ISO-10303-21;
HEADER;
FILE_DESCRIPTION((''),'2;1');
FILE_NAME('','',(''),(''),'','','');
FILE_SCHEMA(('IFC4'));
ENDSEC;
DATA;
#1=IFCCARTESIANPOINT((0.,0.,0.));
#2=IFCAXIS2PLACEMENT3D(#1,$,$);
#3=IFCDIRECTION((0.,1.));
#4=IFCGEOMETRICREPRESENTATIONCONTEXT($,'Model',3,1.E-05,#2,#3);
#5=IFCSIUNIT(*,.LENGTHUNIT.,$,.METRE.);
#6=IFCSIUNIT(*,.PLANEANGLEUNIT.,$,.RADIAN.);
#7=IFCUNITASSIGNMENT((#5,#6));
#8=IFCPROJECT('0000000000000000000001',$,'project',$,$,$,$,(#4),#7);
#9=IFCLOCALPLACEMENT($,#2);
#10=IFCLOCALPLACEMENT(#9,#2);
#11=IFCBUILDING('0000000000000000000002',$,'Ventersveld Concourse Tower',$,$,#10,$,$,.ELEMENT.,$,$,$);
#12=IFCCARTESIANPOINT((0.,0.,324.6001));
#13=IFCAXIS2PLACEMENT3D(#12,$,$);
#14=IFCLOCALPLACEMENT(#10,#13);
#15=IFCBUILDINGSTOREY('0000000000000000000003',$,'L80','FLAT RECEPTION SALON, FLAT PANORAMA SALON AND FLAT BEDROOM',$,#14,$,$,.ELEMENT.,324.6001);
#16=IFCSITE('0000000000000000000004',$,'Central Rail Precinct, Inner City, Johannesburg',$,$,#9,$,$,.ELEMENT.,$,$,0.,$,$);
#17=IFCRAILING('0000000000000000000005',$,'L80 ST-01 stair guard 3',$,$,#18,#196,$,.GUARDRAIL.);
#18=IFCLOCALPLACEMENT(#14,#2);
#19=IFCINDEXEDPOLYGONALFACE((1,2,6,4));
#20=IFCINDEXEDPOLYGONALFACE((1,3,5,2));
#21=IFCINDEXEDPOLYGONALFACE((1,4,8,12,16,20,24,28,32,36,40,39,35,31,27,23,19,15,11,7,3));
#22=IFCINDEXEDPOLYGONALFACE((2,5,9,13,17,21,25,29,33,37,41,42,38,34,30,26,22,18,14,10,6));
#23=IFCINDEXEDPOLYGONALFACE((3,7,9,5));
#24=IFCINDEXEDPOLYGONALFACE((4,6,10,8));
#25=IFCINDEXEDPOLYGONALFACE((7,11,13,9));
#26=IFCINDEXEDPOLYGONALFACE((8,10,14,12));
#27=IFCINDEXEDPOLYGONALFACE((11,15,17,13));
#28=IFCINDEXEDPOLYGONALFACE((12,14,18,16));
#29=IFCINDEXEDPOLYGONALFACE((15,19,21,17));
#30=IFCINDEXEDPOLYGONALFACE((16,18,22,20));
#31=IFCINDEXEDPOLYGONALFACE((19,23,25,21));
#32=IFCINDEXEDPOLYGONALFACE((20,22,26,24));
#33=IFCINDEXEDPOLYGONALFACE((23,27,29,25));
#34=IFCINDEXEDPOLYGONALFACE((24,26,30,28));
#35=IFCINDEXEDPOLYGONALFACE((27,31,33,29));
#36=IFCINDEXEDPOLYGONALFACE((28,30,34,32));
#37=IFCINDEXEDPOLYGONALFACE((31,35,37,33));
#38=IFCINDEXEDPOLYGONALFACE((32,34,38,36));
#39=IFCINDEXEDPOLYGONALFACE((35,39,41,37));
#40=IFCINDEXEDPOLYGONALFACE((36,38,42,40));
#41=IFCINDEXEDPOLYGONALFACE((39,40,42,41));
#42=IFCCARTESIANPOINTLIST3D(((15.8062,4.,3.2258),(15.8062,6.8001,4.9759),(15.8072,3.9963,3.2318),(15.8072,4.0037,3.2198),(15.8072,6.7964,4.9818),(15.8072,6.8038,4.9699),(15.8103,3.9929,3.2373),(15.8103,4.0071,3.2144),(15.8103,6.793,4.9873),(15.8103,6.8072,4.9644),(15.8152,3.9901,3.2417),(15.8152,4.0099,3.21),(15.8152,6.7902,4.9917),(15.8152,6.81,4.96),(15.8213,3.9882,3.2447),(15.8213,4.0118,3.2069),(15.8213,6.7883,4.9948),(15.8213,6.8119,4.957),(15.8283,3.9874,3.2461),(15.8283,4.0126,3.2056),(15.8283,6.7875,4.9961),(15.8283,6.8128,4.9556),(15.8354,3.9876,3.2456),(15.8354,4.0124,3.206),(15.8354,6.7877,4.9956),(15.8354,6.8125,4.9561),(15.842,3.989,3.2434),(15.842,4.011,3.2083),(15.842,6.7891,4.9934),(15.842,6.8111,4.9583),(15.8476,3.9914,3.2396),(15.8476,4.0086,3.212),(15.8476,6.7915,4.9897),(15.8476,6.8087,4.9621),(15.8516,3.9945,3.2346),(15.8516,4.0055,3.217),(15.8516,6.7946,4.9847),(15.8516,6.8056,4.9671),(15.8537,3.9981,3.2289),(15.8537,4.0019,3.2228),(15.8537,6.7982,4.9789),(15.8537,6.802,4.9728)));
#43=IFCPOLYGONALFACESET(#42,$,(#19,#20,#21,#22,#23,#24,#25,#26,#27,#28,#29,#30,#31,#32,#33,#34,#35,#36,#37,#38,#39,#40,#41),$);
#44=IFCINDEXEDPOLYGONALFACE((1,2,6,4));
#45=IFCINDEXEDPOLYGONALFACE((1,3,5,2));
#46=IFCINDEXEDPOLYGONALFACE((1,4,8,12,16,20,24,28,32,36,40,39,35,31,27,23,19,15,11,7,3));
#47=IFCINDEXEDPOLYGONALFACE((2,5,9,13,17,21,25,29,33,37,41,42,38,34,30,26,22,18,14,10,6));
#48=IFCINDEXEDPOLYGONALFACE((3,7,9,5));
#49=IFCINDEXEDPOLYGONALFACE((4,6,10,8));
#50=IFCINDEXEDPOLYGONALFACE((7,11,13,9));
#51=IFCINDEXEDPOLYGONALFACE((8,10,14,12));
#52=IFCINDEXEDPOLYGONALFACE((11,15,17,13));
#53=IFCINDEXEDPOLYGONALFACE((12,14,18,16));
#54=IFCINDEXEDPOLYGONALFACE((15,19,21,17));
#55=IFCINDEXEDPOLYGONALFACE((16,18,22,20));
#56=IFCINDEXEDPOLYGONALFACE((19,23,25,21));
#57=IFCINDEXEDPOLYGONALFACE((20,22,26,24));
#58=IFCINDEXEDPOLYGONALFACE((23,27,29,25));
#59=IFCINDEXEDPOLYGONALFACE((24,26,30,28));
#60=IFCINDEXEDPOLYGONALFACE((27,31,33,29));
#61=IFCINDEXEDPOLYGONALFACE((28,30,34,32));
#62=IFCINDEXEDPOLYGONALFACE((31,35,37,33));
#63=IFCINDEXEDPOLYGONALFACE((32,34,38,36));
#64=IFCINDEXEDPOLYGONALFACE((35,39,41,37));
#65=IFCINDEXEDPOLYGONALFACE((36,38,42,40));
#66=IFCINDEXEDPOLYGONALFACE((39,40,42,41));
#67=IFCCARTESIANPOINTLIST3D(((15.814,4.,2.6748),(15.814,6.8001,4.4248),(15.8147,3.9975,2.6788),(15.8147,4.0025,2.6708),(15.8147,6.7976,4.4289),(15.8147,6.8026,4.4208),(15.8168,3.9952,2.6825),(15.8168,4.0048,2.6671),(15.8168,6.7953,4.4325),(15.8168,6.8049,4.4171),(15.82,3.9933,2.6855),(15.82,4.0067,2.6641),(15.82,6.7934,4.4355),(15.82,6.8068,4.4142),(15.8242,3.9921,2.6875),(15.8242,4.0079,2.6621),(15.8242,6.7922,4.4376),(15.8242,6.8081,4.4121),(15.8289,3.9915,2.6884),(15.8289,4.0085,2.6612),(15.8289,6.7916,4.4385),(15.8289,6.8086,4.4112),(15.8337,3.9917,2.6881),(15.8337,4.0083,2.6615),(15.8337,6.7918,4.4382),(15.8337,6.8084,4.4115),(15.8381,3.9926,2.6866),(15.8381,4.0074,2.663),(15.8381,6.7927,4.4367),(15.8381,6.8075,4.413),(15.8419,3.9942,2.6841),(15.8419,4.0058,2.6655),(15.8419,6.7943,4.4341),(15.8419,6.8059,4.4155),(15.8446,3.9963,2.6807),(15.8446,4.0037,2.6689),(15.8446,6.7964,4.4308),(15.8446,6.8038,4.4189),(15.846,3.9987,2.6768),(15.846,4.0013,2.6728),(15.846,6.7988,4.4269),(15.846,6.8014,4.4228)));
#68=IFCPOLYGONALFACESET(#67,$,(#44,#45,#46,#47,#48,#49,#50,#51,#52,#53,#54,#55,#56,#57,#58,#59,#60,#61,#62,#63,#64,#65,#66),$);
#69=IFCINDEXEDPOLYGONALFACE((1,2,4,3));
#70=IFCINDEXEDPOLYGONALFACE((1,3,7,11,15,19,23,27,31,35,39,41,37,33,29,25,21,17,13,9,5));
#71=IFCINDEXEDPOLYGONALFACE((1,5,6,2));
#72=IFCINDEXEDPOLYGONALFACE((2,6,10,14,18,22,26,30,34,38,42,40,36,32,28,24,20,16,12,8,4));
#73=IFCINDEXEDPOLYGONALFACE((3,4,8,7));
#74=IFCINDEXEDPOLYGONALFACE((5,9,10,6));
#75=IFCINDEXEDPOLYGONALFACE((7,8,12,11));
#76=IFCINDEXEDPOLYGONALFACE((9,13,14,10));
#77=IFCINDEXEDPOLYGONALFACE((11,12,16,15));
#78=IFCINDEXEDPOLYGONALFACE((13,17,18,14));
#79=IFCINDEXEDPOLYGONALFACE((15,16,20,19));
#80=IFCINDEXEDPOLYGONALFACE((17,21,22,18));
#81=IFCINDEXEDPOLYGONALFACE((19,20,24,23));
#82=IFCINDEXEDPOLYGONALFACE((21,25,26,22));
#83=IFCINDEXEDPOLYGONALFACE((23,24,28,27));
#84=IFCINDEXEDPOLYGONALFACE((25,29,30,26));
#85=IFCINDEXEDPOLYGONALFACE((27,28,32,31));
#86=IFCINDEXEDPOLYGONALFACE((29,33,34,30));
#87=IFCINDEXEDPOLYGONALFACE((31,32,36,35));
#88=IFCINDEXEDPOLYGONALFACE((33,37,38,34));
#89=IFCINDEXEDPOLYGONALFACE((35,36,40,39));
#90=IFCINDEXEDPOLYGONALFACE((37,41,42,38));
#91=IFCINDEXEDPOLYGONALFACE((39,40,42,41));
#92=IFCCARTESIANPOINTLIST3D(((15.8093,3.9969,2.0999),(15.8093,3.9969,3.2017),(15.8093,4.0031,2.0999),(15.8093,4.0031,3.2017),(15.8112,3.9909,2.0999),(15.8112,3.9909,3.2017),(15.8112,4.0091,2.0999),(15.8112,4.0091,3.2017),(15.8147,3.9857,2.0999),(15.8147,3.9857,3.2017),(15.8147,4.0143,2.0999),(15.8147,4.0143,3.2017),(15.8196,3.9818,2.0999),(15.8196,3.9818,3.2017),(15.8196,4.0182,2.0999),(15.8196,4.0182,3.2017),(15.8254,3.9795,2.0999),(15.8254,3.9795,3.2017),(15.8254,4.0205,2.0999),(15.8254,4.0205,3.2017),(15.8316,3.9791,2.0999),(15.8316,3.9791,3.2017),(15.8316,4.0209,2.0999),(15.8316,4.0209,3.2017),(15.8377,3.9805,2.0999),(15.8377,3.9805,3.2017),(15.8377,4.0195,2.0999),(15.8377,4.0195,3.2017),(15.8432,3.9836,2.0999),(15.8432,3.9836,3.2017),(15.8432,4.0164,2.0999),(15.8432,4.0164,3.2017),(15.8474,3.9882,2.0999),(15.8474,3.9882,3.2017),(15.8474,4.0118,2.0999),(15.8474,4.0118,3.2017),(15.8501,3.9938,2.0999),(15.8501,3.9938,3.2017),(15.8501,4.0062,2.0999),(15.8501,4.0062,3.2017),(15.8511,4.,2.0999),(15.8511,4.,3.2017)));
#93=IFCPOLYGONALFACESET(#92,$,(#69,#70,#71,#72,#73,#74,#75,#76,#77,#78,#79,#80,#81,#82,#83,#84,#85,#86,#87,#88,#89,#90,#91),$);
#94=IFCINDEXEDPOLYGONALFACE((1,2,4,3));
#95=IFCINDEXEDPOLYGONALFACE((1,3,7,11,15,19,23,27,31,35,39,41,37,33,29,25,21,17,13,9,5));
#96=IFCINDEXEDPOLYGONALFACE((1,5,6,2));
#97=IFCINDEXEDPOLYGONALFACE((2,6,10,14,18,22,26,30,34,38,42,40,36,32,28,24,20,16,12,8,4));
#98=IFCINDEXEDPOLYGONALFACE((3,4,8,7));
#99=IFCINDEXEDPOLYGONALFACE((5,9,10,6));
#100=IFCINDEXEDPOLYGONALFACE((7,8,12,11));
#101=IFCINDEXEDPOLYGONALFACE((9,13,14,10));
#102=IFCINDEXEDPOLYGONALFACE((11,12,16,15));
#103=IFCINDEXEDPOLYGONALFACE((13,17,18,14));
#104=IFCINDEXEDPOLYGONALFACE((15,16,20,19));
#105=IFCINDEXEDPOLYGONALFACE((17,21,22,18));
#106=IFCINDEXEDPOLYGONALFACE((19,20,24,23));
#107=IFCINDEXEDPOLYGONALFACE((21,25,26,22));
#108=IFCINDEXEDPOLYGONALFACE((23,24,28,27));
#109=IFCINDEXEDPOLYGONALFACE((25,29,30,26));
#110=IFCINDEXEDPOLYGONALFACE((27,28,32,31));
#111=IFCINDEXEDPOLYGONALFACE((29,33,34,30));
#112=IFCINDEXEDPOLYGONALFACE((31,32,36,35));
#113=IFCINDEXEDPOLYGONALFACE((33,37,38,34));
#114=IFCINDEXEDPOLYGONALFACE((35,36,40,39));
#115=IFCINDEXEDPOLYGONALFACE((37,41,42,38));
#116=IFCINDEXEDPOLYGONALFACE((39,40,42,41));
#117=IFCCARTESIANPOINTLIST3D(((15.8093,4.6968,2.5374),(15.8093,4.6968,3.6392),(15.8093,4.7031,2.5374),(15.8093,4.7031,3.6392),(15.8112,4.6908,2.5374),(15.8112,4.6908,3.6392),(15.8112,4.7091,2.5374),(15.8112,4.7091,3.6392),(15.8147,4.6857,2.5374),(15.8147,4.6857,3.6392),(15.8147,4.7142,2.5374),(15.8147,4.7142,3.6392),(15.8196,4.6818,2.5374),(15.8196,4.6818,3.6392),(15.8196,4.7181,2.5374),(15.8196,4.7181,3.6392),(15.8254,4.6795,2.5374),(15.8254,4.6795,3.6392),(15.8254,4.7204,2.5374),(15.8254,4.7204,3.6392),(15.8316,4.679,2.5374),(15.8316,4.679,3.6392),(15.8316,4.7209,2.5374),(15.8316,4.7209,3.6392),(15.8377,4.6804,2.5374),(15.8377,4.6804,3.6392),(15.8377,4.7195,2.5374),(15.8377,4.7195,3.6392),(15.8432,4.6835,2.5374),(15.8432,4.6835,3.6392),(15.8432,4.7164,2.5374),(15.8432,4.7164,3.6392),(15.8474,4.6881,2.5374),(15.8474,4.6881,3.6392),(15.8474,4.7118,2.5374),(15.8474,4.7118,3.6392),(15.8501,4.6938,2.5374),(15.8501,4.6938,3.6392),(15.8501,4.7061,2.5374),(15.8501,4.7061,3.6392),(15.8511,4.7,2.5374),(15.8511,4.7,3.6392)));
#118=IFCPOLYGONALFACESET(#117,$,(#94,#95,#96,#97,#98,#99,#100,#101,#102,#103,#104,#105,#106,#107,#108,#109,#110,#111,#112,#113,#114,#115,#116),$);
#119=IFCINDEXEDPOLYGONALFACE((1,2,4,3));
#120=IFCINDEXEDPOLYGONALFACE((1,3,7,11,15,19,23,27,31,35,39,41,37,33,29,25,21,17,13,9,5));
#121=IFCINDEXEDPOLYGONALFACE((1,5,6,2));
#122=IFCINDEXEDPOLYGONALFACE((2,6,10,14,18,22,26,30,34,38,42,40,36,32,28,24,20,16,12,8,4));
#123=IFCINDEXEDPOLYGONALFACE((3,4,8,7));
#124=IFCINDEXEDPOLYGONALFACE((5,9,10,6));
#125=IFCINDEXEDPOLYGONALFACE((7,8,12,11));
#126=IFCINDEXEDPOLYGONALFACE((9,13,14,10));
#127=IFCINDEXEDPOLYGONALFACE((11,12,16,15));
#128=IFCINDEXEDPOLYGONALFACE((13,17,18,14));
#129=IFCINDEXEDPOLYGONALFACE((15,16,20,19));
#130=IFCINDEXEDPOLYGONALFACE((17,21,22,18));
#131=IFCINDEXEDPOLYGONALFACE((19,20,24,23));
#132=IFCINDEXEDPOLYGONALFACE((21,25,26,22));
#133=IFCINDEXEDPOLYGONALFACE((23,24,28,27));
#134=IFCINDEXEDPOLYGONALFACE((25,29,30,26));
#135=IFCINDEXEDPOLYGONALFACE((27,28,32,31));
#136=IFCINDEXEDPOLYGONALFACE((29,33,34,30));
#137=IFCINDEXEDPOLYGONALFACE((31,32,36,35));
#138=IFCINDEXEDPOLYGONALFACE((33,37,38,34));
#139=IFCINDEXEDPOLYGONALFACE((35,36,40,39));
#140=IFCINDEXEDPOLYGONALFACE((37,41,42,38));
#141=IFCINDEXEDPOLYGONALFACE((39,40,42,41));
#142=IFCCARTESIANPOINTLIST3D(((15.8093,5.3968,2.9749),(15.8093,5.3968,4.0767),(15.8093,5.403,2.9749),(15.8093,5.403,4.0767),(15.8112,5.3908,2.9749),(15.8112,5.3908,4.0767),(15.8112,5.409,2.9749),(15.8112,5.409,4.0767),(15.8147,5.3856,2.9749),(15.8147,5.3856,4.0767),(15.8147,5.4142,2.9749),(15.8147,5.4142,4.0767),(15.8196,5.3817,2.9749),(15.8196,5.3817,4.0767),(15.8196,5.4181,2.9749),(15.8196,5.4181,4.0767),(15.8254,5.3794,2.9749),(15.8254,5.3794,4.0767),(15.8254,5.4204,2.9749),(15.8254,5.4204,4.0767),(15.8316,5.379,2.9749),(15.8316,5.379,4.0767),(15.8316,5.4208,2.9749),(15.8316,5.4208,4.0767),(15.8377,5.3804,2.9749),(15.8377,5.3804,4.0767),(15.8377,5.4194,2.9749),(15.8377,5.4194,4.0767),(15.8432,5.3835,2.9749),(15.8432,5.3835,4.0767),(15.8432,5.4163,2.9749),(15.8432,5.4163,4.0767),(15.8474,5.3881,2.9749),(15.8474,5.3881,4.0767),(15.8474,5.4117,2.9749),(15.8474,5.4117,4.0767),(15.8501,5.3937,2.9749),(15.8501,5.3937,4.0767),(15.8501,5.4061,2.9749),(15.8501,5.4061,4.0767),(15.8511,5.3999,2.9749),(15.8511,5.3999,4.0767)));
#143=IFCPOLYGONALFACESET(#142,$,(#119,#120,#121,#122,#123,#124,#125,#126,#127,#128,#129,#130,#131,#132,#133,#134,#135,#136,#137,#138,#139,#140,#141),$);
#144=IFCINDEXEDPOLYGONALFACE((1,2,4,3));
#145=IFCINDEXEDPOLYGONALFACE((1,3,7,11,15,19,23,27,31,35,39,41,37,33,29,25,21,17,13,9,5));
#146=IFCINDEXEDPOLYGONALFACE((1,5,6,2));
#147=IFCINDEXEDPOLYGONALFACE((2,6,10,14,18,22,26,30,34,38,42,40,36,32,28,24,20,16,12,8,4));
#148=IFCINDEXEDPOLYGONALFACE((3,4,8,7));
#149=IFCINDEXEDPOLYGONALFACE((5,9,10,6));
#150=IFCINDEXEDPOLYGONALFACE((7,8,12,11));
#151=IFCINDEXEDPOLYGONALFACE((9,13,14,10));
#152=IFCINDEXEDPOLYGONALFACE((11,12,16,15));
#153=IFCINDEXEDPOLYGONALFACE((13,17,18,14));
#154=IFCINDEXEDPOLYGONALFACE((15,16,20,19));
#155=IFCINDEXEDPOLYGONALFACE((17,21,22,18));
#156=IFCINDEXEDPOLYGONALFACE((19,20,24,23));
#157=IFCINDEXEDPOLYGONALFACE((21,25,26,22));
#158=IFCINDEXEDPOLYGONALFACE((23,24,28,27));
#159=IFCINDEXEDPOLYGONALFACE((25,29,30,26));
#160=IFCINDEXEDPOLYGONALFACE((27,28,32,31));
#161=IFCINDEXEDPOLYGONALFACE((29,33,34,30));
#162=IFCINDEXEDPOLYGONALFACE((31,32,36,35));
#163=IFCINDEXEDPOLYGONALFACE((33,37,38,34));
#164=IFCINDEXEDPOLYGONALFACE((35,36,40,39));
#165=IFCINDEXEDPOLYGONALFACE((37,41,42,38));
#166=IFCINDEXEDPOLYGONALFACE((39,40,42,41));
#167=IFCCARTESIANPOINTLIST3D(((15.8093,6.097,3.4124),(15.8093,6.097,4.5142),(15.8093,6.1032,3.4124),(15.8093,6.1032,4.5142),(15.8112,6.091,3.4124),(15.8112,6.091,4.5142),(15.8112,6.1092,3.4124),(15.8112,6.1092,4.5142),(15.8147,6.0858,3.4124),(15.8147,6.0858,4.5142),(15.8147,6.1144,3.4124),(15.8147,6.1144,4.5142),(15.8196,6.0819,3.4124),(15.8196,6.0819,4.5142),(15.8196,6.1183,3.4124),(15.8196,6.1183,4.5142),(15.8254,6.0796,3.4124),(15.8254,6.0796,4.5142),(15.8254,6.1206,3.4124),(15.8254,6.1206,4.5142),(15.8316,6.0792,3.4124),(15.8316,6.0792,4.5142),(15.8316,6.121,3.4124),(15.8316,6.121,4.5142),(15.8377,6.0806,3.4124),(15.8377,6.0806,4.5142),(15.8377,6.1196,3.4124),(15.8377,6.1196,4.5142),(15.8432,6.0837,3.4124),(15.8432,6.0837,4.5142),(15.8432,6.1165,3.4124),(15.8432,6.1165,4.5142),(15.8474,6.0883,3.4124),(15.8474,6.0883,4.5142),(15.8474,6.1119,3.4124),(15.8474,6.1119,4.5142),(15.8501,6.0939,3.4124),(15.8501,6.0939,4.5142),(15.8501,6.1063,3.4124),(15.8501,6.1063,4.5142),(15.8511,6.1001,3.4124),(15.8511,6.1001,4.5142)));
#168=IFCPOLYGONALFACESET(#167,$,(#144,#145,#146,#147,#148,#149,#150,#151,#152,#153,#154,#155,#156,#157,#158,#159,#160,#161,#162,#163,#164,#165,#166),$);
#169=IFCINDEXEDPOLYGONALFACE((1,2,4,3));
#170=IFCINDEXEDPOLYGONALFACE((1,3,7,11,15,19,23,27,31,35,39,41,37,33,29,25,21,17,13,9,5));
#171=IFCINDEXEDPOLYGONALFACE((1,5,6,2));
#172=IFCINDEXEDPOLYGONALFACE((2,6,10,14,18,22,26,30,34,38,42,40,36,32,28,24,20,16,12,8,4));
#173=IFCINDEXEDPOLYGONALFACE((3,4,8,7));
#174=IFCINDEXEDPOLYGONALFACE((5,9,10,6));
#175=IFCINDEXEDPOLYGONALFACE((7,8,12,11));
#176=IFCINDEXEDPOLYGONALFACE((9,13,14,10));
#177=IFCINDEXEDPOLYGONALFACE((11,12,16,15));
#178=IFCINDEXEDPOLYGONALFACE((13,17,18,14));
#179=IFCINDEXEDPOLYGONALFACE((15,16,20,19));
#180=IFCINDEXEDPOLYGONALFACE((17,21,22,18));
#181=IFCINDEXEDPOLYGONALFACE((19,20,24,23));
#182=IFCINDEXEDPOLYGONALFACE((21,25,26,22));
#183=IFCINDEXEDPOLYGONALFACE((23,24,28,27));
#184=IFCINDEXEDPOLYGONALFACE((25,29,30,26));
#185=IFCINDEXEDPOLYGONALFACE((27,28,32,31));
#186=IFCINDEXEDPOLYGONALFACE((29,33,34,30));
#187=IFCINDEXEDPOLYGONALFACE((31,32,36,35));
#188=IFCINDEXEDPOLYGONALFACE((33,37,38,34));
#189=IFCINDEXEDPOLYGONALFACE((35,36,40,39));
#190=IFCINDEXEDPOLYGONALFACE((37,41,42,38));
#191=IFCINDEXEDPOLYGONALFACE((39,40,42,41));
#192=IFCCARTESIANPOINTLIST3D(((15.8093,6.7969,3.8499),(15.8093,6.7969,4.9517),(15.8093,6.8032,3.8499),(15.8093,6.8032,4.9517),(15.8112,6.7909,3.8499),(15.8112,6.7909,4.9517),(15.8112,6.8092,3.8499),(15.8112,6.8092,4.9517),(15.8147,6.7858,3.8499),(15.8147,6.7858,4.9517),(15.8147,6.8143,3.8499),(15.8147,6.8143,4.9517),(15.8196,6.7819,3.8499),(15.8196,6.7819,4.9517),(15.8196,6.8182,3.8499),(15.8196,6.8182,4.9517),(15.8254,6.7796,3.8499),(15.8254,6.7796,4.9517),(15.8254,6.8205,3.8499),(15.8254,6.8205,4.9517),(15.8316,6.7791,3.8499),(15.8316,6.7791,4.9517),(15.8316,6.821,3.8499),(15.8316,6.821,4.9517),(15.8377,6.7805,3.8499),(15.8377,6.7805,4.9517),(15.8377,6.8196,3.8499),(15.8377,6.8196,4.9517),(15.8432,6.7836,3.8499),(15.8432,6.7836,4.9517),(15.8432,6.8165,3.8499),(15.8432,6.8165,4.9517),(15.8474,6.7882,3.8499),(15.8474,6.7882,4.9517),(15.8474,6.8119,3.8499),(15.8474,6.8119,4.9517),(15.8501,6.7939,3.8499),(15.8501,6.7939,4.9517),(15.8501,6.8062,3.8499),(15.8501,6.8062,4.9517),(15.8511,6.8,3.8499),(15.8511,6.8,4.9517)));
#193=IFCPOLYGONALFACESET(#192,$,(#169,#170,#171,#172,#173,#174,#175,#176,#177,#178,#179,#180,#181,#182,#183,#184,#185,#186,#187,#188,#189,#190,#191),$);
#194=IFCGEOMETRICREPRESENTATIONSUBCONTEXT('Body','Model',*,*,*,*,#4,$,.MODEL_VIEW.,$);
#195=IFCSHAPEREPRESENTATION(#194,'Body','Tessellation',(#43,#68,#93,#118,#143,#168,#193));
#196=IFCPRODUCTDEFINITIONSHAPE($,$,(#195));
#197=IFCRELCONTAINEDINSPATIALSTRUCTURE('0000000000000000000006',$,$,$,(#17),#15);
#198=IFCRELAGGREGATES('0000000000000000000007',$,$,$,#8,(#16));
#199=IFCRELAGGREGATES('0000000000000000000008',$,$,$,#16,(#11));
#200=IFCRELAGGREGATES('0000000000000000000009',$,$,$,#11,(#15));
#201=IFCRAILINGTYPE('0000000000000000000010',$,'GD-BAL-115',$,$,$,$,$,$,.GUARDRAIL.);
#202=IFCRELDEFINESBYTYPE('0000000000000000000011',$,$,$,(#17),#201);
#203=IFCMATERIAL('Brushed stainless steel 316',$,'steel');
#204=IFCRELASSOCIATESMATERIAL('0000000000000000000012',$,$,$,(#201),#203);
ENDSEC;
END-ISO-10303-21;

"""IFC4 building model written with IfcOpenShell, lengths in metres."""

from ifc_helpers import new_model, si_unit, direction, frame, origin, origin_2d, place, context, subcontext, project, spatial, circle, extrude, material, type_object, element, save


model = new_model("IFC4")

# Units and contexts
model_context = context("Model", 3, precision=1e-05, world=origin(), true_north=direction((0.0, 1.0)))
body_context = subcontext(model_context, "Body", "Model", "MODEL_VIEW")
ifc_project = project(units=[si_unit("LENGTHUNIT", "METRE"), si_unit("PLANEANGLEUNIT", "RADIAN")], contexts=[model_context])

# Site, building, storey
site_placement = place(None, origin())
site = spatial("IfcSite", under=ifc_project, at=site_placement, Name="Central Rail Precinct, Inner City, Johannesburg", CompositionType="ELEMENT", RefElevation=0.0)
building_placement = place(site_placement, origin())
building = spatial("IfcBuilding", under=site, at=building_placement, Name="Ventersveld Concourse Tower", CompositionType="ELEMENT")
storey_placement = place(building_placement, frame((0.0, 0.0, 324.6001)))
storey = spatial("IfcBuildingStorey", under=building, at=storey_placement, Name="L80", Description="FLAT RECEPTION SALON, FLAT PANORAMA SALON AND FLAT BEDROOM", CompositionType="ELEMENT", Elevation=324.6001)

# Shared definitions
ifc_material_1 = material(Name="Brushed stainless steel 316", Category="steel")

# Railing
railing_type_1 = type_object("IfcRailingType", Name="GD-BAL-115", PredefinedType="GUARDRAIL", material=ifc_material_1)
railing_1_placement = place(storey_placement, frame((15.8301, 4.0, 2.0999)))
element("IfcRailing", 1, at=railing_1_placement, inside=storey, type_object=railing_type_1, Name="L80 ST-01 stair guard 3", PredefinedType="GUARDRAIL", context=body_context, shape_type="SweptSolid", body=[
    extrude(circle(Radius=0.0239, at=origin_2d()), frame((0.0, 0.0, 1.126), z_axis=(0.0, 0.848002, 0.529992), x_axis=(-1.0, 0.0, 0.0)), (0.0, 0.0, 1.0), 3.302),
    extrude(circle(Radius=0.0161, at=origin_2d()), frame((0.0, 0.0, 0.575), z_axis=(0.0, 0.848002, 0.529992), x_axis=(-1.0, 0.0, 0.0)), (0.0, 0.0, 1.0), 3.302),
    extrude(circle(Radius=0.021, at=origin_2d()), origin(), (0.0, 0.0, 1.0), 1.1018),
    extrude(circle(Radius=0.021, at=origin_2d()), frame((0.0, 0.7, 0.4375)), (0.0, 0.0, 1.0), 1.1018),
    extrude(circle(Radius=0.021, at=origin_2d()), frame((0.0, 1.3999, 0.875)), (0.0, 0.0, 1.0), 1.1018),
    extrude(circle(Radius=0.021, at=origin_2d()), frame((0.0, 2.1001, 1.3125)), (0.0, 0.0, 1.0), 1.1018),
    extrude(circle(Radius=0.021, at=origin_2d()), frame((0.0, 2.8, 1.75)), (0.0, 0.0, 1.0), 1.1018),
])

save(model, "model.ifc")
